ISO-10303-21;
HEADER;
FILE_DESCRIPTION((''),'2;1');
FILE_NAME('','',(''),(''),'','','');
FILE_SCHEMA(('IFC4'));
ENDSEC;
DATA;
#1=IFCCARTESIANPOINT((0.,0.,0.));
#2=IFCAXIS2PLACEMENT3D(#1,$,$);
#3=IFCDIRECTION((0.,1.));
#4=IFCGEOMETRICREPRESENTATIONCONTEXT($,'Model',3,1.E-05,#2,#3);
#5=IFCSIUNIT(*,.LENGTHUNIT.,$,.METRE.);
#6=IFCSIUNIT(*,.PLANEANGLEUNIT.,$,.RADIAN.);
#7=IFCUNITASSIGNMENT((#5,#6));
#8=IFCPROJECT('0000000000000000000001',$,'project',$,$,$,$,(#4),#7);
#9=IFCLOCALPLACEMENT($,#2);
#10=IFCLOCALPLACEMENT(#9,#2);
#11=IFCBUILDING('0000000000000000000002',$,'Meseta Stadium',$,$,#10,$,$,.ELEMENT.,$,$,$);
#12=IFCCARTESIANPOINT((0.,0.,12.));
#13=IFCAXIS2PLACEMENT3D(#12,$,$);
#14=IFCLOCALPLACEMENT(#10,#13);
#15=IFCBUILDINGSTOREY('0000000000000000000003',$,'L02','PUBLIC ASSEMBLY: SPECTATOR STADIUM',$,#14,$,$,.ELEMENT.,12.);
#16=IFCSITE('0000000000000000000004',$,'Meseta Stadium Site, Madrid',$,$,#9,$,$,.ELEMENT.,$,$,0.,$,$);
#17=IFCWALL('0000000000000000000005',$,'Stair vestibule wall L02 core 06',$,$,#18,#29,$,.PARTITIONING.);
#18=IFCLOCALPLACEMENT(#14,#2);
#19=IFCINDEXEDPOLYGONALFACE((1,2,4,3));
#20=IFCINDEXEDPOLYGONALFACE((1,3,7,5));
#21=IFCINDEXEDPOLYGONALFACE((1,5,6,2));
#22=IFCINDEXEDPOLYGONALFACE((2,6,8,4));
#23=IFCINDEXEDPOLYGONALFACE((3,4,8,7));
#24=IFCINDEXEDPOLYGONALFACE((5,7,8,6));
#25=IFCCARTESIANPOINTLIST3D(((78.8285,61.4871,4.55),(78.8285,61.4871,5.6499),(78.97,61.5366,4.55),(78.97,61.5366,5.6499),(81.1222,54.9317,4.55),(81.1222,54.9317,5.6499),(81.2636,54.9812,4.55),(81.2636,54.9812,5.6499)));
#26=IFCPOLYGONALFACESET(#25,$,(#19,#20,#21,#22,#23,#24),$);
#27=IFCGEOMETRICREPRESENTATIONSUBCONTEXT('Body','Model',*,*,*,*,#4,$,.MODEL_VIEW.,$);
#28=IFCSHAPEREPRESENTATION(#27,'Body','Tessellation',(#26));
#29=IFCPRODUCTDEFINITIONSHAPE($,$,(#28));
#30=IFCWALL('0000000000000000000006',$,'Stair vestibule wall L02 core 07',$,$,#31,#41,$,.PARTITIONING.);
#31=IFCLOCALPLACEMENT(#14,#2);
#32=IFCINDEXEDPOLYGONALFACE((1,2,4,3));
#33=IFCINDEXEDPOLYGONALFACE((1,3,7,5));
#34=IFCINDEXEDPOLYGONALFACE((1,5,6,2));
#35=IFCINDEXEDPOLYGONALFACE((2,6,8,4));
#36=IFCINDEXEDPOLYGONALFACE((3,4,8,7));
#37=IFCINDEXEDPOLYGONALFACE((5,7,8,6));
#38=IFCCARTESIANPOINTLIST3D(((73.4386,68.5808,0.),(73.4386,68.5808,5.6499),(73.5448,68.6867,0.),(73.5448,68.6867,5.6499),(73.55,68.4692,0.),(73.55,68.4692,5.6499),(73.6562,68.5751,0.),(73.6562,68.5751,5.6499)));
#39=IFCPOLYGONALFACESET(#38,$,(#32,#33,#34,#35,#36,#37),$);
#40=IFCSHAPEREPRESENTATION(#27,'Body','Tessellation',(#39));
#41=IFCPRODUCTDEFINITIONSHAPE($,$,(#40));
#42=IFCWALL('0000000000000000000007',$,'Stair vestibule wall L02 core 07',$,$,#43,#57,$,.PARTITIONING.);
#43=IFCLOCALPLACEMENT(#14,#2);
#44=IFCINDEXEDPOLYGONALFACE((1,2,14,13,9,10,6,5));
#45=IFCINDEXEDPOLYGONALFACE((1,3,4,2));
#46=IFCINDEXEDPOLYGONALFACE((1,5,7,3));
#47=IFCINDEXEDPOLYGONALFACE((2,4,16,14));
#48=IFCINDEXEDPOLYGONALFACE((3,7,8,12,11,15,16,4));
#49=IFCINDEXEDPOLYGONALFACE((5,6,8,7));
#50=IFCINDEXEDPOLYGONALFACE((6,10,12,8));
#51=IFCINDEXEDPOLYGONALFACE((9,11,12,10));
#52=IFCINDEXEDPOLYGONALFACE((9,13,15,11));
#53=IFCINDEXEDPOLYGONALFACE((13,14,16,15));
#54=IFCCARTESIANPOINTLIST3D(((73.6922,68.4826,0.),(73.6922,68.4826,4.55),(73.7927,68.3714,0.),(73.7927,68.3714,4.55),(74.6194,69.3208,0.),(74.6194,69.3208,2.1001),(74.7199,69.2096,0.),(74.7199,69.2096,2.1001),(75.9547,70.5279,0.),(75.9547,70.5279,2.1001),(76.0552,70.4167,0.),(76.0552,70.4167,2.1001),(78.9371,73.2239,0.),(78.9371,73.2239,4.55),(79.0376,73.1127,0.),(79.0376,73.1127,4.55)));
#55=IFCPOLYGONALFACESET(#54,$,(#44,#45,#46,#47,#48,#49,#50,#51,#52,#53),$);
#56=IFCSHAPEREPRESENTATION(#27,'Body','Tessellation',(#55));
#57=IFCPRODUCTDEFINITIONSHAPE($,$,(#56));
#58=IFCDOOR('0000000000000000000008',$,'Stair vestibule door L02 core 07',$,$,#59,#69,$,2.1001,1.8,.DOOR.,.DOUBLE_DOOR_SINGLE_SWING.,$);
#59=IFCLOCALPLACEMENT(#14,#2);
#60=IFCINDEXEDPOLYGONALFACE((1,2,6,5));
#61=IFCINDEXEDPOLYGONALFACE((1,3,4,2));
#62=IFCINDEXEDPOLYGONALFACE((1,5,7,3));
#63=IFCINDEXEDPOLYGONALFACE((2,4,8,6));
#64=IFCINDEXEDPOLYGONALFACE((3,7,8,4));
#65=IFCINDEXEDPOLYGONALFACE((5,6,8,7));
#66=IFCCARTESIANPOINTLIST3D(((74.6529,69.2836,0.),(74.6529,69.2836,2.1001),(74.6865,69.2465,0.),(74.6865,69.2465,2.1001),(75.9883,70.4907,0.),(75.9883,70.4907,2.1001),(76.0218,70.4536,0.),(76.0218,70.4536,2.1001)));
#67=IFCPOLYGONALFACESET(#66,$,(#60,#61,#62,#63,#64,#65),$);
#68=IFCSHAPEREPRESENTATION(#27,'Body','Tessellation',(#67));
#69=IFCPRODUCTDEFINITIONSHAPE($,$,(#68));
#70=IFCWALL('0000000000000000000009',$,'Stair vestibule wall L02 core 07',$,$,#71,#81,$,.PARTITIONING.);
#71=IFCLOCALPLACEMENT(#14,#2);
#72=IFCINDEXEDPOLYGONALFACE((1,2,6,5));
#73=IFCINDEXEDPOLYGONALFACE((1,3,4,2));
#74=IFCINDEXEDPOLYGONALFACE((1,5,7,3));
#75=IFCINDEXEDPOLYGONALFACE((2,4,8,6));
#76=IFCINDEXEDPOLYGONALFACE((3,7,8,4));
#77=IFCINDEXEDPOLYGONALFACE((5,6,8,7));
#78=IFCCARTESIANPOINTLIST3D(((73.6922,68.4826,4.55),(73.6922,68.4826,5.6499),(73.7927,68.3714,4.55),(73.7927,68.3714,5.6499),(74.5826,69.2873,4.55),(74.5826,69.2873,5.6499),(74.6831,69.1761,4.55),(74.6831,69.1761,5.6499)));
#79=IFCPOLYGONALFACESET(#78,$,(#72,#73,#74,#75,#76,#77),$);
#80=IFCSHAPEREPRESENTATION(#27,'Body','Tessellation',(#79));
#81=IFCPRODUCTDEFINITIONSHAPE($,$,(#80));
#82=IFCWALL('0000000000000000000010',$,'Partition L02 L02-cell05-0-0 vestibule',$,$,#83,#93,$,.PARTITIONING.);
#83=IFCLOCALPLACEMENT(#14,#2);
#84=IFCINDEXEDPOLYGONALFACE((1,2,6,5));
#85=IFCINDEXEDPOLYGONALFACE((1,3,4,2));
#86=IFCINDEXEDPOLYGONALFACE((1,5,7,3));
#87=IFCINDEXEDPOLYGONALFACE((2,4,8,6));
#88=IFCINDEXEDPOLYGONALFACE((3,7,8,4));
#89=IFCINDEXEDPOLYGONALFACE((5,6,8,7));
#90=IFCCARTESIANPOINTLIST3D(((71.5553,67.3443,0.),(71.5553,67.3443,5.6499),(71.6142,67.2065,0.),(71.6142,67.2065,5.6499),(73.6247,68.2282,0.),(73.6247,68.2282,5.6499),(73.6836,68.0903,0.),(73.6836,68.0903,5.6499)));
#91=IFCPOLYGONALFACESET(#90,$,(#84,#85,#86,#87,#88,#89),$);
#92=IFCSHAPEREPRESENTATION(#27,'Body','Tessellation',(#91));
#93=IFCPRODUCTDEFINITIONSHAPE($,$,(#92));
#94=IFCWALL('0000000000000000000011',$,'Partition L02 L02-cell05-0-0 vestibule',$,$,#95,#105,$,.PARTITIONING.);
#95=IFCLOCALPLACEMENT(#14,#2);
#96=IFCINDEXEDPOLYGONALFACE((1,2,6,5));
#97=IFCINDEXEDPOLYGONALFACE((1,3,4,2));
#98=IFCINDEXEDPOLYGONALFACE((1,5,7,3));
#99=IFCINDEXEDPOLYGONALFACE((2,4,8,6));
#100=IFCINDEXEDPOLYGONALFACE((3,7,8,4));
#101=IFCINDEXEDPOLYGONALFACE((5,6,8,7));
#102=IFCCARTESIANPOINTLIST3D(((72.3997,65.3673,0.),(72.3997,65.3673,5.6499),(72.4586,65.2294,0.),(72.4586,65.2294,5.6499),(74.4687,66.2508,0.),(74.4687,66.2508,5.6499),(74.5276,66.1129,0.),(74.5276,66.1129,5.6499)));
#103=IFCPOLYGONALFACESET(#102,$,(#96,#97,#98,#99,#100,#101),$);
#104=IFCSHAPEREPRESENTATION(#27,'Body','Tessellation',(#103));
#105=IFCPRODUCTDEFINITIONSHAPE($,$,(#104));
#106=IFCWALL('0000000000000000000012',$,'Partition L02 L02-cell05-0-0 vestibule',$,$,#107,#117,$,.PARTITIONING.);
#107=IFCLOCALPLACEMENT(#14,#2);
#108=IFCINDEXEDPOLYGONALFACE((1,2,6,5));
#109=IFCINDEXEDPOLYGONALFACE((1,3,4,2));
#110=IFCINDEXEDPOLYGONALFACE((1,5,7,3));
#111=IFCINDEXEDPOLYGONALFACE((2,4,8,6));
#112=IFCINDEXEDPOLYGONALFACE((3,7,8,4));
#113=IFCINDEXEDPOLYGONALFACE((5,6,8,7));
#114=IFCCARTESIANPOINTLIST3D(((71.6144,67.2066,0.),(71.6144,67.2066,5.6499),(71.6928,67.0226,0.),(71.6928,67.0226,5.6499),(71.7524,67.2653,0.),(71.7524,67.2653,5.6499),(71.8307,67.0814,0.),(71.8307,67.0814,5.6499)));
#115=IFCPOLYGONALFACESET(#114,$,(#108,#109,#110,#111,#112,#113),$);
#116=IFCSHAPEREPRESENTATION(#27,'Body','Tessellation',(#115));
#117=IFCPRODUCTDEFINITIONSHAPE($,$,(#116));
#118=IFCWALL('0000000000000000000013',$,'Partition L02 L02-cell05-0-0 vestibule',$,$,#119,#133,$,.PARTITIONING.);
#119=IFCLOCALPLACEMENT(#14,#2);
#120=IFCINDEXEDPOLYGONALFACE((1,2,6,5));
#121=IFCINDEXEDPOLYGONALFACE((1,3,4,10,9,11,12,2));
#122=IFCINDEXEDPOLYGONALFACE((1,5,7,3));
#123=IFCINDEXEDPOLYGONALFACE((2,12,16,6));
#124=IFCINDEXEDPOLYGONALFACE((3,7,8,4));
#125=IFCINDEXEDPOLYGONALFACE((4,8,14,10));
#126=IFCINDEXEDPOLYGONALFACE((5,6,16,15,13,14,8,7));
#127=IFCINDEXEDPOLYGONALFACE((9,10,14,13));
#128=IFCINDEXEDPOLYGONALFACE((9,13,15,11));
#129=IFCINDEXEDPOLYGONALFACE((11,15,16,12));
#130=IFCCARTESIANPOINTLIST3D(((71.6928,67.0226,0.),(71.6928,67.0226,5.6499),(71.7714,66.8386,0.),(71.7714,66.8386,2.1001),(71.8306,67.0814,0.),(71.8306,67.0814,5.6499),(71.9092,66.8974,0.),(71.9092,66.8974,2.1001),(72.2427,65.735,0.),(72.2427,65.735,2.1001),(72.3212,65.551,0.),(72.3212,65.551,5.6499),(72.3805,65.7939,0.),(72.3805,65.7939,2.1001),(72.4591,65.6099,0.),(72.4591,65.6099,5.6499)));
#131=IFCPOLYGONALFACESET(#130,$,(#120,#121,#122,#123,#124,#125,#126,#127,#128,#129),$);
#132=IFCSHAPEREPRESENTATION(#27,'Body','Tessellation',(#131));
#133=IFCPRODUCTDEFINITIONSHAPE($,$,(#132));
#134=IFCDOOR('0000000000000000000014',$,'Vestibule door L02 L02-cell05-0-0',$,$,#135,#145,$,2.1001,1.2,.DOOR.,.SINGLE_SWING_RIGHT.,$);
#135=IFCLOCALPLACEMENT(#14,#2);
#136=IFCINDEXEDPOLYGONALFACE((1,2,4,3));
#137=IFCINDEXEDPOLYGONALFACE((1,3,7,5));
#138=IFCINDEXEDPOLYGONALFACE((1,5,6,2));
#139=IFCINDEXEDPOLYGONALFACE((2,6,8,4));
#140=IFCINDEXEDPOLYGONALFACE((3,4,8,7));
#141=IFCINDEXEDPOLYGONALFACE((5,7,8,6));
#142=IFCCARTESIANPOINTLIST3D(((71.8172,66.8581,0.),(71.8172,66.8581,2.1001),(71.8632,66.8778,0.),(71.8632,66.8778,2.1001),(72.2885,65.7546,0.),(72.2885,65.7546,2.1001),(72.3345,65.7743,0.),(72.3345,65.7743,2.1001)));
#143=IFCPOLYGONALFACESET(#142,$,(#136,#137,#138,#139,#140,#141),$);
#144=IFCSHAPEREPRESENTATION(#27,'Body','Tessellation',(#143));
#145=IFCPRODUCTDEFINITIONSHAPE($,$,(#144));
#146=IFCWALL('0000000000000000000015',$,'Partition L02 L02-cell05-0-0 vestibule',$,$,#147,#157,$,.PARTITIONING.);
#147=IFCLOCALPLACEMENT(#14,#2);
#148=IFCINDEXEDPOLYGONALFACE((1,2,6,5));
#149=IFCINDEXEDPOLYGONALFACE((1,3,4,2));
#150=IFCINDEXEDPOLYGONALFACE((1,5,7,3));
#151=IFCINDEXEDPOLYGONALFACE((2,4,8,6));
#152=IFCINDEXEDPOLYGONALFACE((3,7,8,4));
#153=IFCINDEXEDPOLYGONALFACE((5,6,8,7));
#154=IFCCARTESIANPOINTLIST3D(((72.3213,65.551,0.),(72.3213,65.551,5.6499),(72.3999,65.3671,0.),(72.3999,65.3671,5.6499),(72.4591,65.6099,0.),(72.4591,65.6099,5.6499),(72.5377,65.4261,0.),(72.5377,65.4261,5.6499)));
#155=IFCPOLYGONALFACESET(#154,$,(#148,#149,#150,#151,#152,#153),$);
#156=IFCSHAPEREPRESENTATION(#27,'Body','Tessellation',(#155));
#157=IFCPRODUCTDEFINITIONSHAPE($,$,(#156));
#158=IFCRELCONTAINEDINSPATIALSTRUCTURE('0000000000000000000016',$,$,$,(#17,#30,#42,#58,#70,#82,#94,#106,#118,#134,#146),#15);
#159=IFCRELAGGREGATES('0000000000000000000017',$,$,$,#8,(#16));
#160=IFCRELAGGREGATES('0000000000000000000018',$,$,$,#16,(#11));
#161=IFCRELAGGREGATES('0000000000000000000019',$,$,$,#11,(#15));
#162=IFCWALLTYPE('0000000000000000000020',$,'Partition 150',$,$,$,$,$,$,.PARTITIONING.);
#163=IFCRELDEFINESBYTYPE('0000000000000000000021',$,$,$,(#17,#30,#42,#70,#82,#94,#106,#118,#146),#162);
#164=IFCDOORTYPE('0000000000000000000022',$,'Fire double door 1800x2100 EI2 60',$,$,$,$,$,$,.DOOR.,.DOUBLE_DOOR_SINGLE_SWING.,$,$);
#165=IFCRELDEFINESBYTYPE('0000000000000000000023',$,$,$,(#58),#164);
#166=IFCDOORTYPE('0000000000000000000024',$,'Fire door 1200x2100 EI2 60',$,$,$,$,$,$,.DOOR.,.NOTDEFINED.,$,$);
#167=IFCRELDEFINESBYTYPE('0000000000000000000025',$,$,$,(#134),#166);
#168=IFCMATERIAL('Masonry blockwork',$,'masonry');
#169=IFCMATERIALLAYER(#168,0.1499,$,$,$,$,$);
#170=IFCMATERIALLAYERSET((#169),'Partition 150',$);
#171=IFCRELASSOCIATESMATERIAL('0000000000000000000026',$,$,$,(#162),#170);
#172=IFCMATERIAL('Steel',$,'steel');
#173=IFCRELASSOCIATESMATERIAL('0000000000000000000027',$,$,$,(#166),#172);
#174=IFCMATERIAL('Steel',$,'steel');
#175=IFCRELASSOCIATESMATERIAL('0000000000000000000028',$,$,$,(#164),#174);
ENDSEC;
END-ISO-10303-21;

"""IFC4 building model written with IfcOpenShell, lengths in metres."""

from ifc_helpers import new_model, si_unit, direction, frame, frame_2d, origin, place, context, subcontext, project, spatial, rectangle, extrude, material, layer, layer_set, type_object, element, fill, save


model = new_model("IFC4")

# Units and contexts
model_context = context("Model", 3, precision=1e-05, world=origin(), true_north=direction((0.0, 1.0)))
body_context = subcontext(model_context, "Body", "Model", "MODEL_VIEW")
ifc_project = project(units=[si_unit("LENGTHUNIT", "METRE"), si_unit("PLANEANGLEUNIT", "RADIAN")], contexts=[model_context])

# Site, building, storey
site_placement = place(None, origin())
site = spatial("IfcSite", under=ifc_project, at=site_placement, Name="Meseta Stadium Site, Madrid", CompositionType="ELEMENT", RefElevation=0.0)
building_placement = place(site_placement, origin())
building = spatial("IfcBuilding", under=site, at=building_placement, Name="Meseta Stadium", CompositionType="ELEMENT")
storey_placement = place(building_placement, frame((0.0, 0.0, 12.0)))
storey = spatial("IfcBuildingStorey", under=building, at=storey_placement, Name="L02", Description="PUBLIC ASSEMBLY: SPECTATOR STADIUM", CompositionType="ELEMENT", Elevation=12.0)

# Shared definitions
ifc_material_1 = material(Name="Masonry blockwork", Category="masonry")
ifc_layer = layer(ifc_material_1, 0.1499)
ifc_layer_set = layer_set([ifc_layer], Name="Partition 150")
wall_type = type_object("IfcWallType", Name="Partition 150", PredefinedType="PARTITIONING", material=ifc_layer_set)

# Shared definitions
ifc_material_2 = material(Name="Steel", Category="steel")
door_type_1 = type_object("IfcDoorType", Name="Fire door 1200x2100 EI2 60", OperationType="NOTDEFINED", PredefinedType="DOOR", material=ifc_material_2)
ifc_material_3 = material(Name="Steel", Category="steel")
door_type_2 = type_object("IfcDoorType", Name="Fire double door 1800x2100 EI2 60", OperationType="DOUBLE_DOOR_SINGLE_SWING", PredefinedType="DOOR", material=ifc_material_3)

# Walls
wall_1_placement = place(storey_placement, frame((78.8992, 61.512, 4.55), z_axis=(0.0, 0.0, 1.0), x_axis=(0.330261, -0.94389, 0.0)))
element("IfcWall", 1, at=wall_1_placement, inside=storey, type_object=wall_type, Name="Stair vestibule wall L02 core 06", PredefinedType="PARTITIONING", context=body_context, shape_type="SweptSolid", body=[
    extrude(rectangle(XDim=6.9451, YDim=0.1499, at=frame_2d((3.4727, 0.0))), origin(), (0.0, 0.0, 1.0), 1.0999),
])
wall_2_placement = place(storey_placement, frame((73.4917, 68.6338, 0.0), z_axis=(0.0, 0.0, 1.0), x_axis=(0.706332, -0.707881, 0.0)))
element("IfcWall", 2, at=wall_2_placement, inside=storey, type_object=wall_type, Name="Stair vestibule wall L02 core 07", PredefinedType="PARTITIONING", context=body_context, shape_type="SweptSolid", body=[
    extrude(rectangle(XDim=0.1577, YDim=0.1499, at=frame_2d((0.0789, 0.0))), origin(), (0.0, 0.0, 1.0), 5.6499),
])

# Wall, opening, door
wall_3_placement = place(storey_placement, frame((73.7424, 68.427, 0.0), z_axis=(0.0, 0.0, 1.0), x_axis=(0.741828, 0.67059, 0.0)))
wall_3 = element("IfcWall", 3, at=wall_3_placement, inside=storey, type_object=wall_type, Name="Stair vestibule wall L02 core 07", PredefinedType="PARTITIONING", context=body_context, shape_type="SweptSolid", body=[
    extrude(rectangle(XDim=7.0703, YDim=0.1499, at=frame_2d((3.5352, 0.0))), origin(), (0.0, 0.0, 1.0), 4.55),
])
opening_1_placement = place(wall_3_placement, frame((1.25, 0.0, 0.0)))
opening_1 = element("IfcOpeningElement", 4, at=opening_1_placement, cuts=wall_3, PredefinedType="OPENING", context=body_context, shape_type="SweptSolid", body=[
    extrude(rectangle(XDim=1.8, YDim=2.1001, at=frame_2d((0.8999, 1.05))), frame((0.0, 0.085, 0.0), z_axis=(0.0, -1.0, 0.0), x_axis=(1.0, 0.0, 0.0)), (0.0, 0.0, 1.0), 0.1699),
])
door_1_placement = place(opening_1_placement, origin())
door_1 = element("IfcDoor", 5, at=door_1_placement, inside=storey, type_object=door_type_2, Name="Stair vestibule door L02 core 07", OperationType="DOUBLE_DOOR_SINGLE_SWING", OverallHeight=2.1001, OverallWidth=1.8, PredefinedType="DOOR", context=body_context, shape_type="SweptSolid", body=[
    extrude(rectangle(XDim=1.8, YDim=2.1001, at=frame_2d((0.8999, 1.05))), frame((0.0, 0.0249, 0.0), z_axis=(0.0, -1.0, 0.0), x_axis=(1.0, 0.0, 0.0)), (0.0, 0.0, 1.0), 0.05),
])
fill(opening_1, door_1)

# Walls
wall_4_placement = place(storey_placement, frame((73.7424, 68.427, 4.55), z_axis=(0.0, 0.0, 1.0), x_axis=(0.741907, 0.670503, 0.0)))
element("IfcWall", 6, at=wall_4_placement, inside=storey, type_object=wall_type, Name="Stair vestibule wall L02 core 07", PredefinedType="PARTITIONING", context=body_context, shape_type="SweptSolid", body=[
    extrude(rectangle(XDim=1.2002, YDim=0.1499, at=frame_2d((0.6001, 0.0))), origin(), (0.0, 0.0, 1.0), 1.0999),
])
wall_5_placement = place(storey_placement, frame((73.6541, 68.1592, 0.0), z_axis=(0.0, 0.0, 1.0), x_axis=(-0.919638, -0.392767, 0.0)))
element("IfcWall", 7, at=wall_5_placement, inside=storey, type_object=wall_type, Name="Partition L02 L02-cell05-0-0 vestibule", PredefinedType="PARTITIONING", context=body_context, shape_type="SweptSolid", body=[
    extrude(rectangle(XDim=2.2502, YDim=0.1499, at=frame_2d((1.125, 0.0))), origin(), (0.0, 0.0, 1.0), 5.6499),
])
wall_6_placement = place(storey_placement, frame((74.4983, 66.1819, 0.0), z_axis=(0.0, 0.0, 1.0), x_axis=(-0.919661, -0.392714, 0.0)))
element("IfcWall", 8, at=wall_6_placement, inside=storey, type_object=wall_type, Name="Partition L02 L02-cell05-0-0 vestibule", PredefinedType="PARTITIONING", context=body_context, shape_type="SweptSolid", body=[
    extrude(rectangle(XDim=2.2498, YDim=0.1499, at=frame_2d((1.125, 0.0))), origin(), (0.0, 0.0, 1.0), 5.6499),
])
wall_7_placement = place(storey_placement, frame((71.6833, 67.2361, 0.0), z_axis=(0.0, 0.0, 1.0), x_axis=(0.391709, -0.920089, 0.0)))
element("IfcWall", 9, at=wall_7_placement, inside=storey, type_object=wall_type, Name="Partition L02 L02-cell05-0-0 vestibule", PredefinedType="PARTITIONING", context=body_context, shape_type="SweptSolid", body=[
    extrude(rectangle(XDim=0.2, YDim=0.1499, at=frame_2d((0.1001, 0.0))), origin(), (0.0, 0.0, 1.0), 5.6499),
])

# Wall, opening, door
wall_8_placement = place(storey_placement, frame((71.7617, 67.052, 0.0), z_axis=(0.0, 0.0, 1.0), x_axis=(0.392759, -0.919642, 0.0)))
wall_8 = element("IfcWall", 10, at=wall_8_placement, inside=storey, type_object=wall_type, Name="Partition L02 L02-cell05-0-0 vestibule", PredefinedType="PARTITIONING", context=body_context, shape_type="SweptSolid", body=[
    extrude(rectangle(XDim=1.6001, YDim=0.1499, at=frame_2d((0.8, 0.0))), origin(), (0.0, 0.0, 1.0), 5.6499),
])
opening_2_placement = place(wall_8_placement, frame((0.2, 0.0, 0.0)))
opening_2 = element("IfcOpeningElement", 11, at=opening_2_placement, cuts=wall_8, PredefinedType="OPENING", context=body_context, shape_type="SweptSolid", body=[
    extrude(rectangle(XDim=1.2, YDim=2.1001, at=frame_2d((0.6001, 1.05))), frame((0.0, 0.085, 0.0), z_axis=(0.0, -1.0, 0.0), x_axis=(1.0, 0.0, 0.0)), (0.0, 0.0, 1.0), 0.1699),
])
door_2_placement = place(opening_2_placement, origin())
door_2 = element("IfcDoor", 12, at=door_2_placement, inside=storey, type_object=door_type_1, Name="Vestibule door L02 L02-cell05-0-0", OperationType="SINGLE_SWING_RIGHT", OverallHeight=2.1001, OverallWidth=1.2, PredefinedType="DOOR", context=body_context, shape_type="SweptSolid", body=[
    extrude(rectangle(XDim=1.2, YDim=2.1001, at=frame_2d((0.6001, 1.05))), frame((0.0, 0.0249, 0.0), z_axis=(0.0, -1.0, 0.0), x_axis=(1.0, 0.0, 0.0)), (0.0, 0.0, 1.0), 0.05),
])
fill(opening_2, door_2)

# Wall
wall_9_placement = place(storey_placement, frame((72.3901, 65.5806, 0.0), z_axis=(0.0, 0.0, 1.0), x_axis=(0.393182, -0.919461, 0.0)))
element("IfcWall", 13, at=wall_9_placement, inside=storey, type_object=wall_type, Name="Partition L02 L02-cell05-0-0 vestibule", PredefinedType="PARTITIONING", context=body_context, shape_type="SweptSolid", body=[
    extrude(rectangle(XDim=0.2, YDim=0.1499, at=frame_2d((0.1001, 0.0))), origin(), (0.0, 0.0, 1.0), 5.6499),
])

save(model, "model.ifc")
